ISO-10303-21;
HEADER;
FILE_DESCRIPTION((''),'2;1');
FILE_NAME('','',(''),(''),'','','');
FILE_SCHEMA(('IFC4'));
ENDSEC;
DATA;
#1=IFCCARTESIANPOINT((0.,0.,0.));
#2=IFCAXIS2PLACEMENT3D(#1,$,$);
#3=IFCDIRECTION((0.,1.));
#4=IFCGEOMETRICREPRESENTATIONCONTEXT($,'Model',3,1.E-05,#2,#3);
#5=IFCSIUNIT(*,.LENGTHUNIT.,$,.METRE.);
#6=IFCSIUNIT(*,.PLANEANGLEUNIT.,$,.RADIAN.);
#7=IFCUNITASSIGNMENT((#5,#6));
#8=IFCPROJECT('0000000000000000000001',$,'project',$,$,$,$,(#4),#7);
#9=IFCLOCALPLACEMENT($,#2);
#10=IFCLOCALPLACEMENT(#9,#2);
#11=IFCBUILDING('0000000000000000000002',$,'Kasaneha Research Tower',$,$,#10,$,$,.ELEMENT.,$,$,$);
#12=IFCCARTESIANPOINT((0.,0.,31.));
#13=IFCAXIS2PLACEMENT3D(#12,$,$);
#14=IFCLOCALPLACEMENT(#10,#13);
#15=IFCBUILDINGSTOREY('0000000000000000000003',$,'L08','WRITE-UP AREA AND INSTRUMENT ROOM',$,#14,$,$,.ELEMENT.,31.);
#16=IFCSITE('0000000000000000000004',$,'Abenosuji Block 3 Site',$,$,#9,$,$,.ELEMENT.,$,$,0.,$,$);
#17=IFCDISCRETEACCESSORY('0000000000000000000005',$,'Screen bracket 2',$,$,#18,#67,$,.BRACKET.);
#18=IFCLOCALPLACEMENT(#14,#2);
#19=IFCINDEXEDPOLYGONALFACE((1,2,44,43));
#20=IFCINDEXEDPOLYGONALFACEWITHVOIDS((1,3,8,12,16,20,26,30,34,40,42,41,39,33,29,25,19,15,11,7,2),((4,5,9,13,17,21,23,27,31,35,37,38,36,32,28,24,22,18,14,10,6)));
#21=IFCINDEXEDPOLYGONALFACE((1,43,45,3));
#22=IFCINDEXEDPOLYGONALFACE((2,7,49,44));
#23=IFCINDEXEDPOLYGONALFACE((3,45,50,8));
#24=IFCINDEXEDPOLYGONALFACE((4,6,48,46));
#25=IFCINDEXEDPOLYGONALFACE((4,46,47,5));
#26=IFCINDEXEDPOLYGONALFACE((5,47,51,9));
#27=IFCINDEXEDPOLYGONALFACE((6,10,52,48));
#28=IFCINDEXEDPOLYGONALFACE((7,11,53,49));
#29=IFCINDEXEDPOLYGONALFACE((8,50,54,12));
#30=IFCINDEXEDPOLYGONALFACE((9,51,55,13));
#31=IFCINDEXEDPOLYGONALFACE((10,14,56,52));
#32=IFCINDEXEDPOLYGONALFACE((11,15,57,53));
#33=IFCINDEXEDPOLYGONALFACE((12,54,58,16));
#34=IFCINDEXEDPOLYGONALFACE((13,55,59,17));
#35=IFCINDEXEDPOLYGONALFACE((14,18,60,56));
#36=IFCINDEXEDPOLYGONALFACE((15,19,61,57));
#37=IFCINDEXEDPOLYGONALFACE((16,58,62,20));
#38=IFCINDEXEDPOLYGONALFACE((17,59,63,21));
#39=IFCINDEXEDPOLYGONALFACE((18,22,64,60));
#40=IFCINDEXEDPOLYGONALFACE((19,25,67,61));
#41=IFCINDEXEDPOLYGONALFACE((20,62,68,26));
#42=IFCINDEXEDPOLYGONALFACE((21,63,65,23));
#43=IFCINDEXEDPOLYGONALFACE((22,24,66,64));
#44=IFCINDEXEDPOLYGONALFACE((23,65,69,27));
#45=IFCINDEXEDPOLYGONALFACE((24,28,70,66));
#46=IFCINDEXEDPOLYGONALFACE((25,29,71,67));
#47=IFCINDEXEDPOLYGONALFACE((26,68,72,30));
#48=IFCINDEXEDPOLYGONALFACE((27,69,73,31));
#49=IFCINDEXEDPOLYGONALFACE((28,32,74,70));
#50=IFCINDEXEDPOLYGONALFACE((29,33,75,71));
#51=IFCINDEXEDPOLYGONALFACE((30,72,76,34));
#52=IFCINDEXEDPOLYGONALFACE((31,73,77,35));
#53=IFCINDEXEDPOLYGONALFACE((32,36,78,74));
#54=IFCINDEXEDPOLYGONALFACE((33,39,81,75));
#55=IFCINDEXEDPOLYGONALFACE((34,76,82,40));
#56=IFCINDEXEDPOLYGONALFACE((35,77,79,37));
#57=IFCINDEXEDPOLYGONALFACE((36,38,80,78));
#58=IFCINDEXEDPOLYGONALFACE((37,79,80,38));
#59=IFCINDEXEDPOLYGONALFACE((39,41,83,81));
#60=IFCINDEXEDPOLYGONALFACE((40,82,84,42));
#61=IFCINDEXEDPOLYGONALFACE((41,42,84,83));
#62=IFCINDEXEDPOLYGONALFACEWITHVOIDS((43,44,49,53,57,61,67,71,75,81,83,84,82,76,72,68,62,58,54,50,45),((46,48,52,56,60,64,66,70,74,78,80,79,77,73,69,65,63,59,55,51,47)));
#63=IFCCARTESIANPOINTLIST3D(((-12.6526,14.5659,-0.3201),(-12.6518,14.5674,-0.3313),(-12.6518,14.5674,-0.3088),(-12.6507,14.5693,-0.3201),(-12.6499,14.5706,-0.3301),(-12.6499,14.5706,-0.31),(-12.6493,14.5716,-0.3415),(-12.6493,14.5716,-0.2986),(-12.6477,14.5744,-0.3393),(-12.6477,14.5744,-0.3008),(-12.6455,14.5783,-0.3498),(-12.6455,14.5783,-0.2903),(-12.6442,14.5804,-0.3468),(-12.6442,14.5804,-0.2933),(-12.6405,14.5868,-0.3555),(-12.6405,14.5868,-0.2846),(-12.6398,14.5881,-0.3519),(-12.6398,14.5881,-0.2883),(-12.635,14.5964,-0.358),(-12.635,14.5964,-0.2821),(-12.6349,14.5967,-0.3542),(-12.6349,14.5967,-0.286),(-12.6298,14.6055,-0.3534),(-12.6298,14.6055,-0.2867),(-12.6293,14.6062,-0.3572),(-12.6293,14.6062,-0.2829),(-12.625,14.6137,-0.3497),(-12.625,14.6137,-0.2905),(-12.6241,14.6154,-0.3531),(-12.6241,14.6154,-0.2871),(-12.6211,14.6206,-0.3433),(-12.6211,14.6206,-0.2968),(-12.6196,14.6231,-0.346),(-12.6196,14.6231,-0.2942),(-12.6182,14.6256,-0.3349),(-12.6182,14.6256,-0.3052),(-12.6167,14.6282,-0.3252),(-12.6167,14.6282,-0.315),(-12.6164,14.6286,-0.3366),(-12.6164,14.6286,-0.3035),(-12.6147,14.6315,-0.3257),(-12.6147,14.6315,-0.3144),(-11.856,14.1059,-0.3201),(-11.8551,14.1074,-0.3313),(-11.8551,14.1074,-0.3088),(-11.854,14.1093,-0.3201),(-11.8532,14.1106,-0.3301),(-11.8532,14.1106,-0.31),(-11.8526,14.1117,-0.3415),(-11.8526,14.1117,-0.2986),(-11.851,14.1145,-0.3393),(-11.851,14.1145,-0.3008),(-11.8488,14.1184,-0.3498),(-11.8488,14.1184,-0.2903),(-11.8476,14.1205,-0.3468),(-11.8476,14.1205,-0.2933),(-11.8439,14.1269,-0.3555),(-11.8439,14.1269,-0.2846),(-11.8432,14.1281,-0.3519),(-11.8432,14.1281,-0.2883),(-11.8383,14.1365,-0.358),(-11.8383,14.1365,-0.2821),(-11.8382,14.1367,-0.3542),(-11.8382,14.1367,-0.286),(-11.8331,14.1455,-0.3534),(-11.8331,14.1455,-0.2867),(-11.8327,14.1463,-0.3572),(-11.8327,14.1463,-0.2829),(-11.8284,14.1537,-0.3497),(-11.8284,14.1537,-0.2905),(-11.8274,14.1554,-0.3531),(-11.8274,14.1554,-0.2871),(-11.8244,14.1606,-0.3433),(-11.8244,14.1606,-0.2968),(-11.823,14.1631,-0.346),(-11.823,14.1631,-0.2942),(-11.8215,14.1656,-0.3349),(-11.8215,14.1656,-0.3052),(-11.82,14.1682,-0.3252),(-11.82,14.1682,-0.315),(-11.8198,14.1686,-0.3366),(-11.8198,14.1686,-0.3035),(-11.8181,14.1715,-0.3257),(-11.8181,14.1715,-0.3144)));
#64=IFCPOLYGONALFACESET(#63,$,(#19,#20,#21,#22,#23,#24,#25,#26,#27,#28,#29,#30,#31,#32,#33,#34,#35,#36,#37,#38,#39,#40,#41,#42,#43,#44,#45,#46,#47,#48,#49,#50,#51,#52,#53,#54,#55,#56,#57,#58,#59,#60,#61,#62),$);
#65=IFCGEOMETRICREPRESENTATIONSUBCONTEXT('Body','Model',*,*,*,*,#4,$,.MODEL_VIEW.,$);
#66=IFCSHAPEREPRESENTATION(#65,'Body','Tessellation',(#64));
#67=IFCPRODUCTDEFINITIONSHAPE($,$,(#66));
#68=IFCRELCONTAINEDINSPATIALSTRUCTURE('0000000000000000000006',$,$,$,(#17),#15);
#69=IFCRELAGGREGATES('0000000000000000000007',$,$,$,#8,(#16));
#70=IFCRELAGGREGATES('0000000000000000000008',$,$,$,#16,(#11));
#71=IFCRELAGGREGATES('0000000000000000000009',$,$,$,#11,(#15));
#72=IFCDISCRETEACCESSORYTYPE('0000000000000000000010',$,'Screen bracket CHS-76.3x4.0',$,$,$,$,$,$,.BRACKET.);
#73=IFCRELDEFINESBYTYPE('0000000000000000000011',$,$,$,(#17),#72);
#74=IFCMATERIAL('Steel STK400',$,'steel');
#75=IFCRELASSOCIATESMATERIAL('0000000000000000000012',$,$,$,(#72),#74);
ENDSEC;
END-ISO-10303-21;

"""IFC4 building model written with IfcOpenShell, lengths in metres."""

from ifc_helpers import new_model, si_unit, direction, frame, origin, origin_2d, place, context, subcontext, project, spatial, hollow_circle, extrude, material, material_profile, profile_set, type_object, element, save


model = new_model("IFC4")

# Units and contexts
model_context = context("Model", 3, precision=1e-05, world=origin(), true_north=direction((0.0, 1.0)))
body_context = subcontext(model_context, "Body", "Model", "MODEL_VIEW")
ifc_project = project(units=[si_unit("LENGTHUNIT", "METRE"), si_unit("PLANEANGLEUNIT", "RADIAN")], contexts=[model_context])

# Site, building, storey
site_placement = place(None, origin())
site = spatial("IfcSite", under=ifc_project, at=site_placement, Name="Abenosuji Block 3 Site", CompositionType="ELEMENT", RefElevation=0.0)
building_placement = place(site_placement, origin())
building = spatial("IfcBuilding", under=site, at=building_placement, Name="Kasaneha Research Tower", CompositionType="ELEMENT")
storey_placement = place(building_placement, frame((0.0, 0.0, 31.0)))
storey = spatial("IfcBuildingStorey", under=building, at=storey_placement, Name="L08", Description="WRITE-UP AREA AND INSTRUMENT ROOM", CompositionType="ELEMENT", Elevation=31.0)

# Discrete accessory
ifc_material_1 = material(Name="Steel STK400", Category="steel")
ifc_material_profile_1 = material_profile(ifc_material_1, hollow_circle(Radius=0.0381, WallThickness=0.0039, at=origin_2d()), Name="CHS-76.3x4.0")
ifc_profile_set_1 = profile_set([ifc_material_profile_1], Name="Steel STK400")
discrete_accessory_type = type_object("IfcDiscreteAccessoryType", Name="Screen bracket CHS-76.3x4.0", PredefinedType="BRACKET", material=ifc_profile_set_1)
discrete_accessory_1_placement = place(storey_placement, frame((-11.8369, 14.1389, -0.3201), z_axis=(-0.866013, 0.500021, 0.0), x_axis=(-0.500021, -0.866013, 0.0)))
element("IfcDiscreteAccessory", 1, at=discrete_accessory_1_placement, inside=storey, type_object=discrete_accessory_type, Name="Screen bracket 2", PredefinedType="BRACKET", context=body_context, shape_type="SweptSolid", body=[
    extrude(hollow_circle(Radius=0.0381, WallThickness=0.0039, at=origin_2d()), origin(), (0.0, 0.0, 1.0), 0.9199),
])

save(model, "model.ifc")
